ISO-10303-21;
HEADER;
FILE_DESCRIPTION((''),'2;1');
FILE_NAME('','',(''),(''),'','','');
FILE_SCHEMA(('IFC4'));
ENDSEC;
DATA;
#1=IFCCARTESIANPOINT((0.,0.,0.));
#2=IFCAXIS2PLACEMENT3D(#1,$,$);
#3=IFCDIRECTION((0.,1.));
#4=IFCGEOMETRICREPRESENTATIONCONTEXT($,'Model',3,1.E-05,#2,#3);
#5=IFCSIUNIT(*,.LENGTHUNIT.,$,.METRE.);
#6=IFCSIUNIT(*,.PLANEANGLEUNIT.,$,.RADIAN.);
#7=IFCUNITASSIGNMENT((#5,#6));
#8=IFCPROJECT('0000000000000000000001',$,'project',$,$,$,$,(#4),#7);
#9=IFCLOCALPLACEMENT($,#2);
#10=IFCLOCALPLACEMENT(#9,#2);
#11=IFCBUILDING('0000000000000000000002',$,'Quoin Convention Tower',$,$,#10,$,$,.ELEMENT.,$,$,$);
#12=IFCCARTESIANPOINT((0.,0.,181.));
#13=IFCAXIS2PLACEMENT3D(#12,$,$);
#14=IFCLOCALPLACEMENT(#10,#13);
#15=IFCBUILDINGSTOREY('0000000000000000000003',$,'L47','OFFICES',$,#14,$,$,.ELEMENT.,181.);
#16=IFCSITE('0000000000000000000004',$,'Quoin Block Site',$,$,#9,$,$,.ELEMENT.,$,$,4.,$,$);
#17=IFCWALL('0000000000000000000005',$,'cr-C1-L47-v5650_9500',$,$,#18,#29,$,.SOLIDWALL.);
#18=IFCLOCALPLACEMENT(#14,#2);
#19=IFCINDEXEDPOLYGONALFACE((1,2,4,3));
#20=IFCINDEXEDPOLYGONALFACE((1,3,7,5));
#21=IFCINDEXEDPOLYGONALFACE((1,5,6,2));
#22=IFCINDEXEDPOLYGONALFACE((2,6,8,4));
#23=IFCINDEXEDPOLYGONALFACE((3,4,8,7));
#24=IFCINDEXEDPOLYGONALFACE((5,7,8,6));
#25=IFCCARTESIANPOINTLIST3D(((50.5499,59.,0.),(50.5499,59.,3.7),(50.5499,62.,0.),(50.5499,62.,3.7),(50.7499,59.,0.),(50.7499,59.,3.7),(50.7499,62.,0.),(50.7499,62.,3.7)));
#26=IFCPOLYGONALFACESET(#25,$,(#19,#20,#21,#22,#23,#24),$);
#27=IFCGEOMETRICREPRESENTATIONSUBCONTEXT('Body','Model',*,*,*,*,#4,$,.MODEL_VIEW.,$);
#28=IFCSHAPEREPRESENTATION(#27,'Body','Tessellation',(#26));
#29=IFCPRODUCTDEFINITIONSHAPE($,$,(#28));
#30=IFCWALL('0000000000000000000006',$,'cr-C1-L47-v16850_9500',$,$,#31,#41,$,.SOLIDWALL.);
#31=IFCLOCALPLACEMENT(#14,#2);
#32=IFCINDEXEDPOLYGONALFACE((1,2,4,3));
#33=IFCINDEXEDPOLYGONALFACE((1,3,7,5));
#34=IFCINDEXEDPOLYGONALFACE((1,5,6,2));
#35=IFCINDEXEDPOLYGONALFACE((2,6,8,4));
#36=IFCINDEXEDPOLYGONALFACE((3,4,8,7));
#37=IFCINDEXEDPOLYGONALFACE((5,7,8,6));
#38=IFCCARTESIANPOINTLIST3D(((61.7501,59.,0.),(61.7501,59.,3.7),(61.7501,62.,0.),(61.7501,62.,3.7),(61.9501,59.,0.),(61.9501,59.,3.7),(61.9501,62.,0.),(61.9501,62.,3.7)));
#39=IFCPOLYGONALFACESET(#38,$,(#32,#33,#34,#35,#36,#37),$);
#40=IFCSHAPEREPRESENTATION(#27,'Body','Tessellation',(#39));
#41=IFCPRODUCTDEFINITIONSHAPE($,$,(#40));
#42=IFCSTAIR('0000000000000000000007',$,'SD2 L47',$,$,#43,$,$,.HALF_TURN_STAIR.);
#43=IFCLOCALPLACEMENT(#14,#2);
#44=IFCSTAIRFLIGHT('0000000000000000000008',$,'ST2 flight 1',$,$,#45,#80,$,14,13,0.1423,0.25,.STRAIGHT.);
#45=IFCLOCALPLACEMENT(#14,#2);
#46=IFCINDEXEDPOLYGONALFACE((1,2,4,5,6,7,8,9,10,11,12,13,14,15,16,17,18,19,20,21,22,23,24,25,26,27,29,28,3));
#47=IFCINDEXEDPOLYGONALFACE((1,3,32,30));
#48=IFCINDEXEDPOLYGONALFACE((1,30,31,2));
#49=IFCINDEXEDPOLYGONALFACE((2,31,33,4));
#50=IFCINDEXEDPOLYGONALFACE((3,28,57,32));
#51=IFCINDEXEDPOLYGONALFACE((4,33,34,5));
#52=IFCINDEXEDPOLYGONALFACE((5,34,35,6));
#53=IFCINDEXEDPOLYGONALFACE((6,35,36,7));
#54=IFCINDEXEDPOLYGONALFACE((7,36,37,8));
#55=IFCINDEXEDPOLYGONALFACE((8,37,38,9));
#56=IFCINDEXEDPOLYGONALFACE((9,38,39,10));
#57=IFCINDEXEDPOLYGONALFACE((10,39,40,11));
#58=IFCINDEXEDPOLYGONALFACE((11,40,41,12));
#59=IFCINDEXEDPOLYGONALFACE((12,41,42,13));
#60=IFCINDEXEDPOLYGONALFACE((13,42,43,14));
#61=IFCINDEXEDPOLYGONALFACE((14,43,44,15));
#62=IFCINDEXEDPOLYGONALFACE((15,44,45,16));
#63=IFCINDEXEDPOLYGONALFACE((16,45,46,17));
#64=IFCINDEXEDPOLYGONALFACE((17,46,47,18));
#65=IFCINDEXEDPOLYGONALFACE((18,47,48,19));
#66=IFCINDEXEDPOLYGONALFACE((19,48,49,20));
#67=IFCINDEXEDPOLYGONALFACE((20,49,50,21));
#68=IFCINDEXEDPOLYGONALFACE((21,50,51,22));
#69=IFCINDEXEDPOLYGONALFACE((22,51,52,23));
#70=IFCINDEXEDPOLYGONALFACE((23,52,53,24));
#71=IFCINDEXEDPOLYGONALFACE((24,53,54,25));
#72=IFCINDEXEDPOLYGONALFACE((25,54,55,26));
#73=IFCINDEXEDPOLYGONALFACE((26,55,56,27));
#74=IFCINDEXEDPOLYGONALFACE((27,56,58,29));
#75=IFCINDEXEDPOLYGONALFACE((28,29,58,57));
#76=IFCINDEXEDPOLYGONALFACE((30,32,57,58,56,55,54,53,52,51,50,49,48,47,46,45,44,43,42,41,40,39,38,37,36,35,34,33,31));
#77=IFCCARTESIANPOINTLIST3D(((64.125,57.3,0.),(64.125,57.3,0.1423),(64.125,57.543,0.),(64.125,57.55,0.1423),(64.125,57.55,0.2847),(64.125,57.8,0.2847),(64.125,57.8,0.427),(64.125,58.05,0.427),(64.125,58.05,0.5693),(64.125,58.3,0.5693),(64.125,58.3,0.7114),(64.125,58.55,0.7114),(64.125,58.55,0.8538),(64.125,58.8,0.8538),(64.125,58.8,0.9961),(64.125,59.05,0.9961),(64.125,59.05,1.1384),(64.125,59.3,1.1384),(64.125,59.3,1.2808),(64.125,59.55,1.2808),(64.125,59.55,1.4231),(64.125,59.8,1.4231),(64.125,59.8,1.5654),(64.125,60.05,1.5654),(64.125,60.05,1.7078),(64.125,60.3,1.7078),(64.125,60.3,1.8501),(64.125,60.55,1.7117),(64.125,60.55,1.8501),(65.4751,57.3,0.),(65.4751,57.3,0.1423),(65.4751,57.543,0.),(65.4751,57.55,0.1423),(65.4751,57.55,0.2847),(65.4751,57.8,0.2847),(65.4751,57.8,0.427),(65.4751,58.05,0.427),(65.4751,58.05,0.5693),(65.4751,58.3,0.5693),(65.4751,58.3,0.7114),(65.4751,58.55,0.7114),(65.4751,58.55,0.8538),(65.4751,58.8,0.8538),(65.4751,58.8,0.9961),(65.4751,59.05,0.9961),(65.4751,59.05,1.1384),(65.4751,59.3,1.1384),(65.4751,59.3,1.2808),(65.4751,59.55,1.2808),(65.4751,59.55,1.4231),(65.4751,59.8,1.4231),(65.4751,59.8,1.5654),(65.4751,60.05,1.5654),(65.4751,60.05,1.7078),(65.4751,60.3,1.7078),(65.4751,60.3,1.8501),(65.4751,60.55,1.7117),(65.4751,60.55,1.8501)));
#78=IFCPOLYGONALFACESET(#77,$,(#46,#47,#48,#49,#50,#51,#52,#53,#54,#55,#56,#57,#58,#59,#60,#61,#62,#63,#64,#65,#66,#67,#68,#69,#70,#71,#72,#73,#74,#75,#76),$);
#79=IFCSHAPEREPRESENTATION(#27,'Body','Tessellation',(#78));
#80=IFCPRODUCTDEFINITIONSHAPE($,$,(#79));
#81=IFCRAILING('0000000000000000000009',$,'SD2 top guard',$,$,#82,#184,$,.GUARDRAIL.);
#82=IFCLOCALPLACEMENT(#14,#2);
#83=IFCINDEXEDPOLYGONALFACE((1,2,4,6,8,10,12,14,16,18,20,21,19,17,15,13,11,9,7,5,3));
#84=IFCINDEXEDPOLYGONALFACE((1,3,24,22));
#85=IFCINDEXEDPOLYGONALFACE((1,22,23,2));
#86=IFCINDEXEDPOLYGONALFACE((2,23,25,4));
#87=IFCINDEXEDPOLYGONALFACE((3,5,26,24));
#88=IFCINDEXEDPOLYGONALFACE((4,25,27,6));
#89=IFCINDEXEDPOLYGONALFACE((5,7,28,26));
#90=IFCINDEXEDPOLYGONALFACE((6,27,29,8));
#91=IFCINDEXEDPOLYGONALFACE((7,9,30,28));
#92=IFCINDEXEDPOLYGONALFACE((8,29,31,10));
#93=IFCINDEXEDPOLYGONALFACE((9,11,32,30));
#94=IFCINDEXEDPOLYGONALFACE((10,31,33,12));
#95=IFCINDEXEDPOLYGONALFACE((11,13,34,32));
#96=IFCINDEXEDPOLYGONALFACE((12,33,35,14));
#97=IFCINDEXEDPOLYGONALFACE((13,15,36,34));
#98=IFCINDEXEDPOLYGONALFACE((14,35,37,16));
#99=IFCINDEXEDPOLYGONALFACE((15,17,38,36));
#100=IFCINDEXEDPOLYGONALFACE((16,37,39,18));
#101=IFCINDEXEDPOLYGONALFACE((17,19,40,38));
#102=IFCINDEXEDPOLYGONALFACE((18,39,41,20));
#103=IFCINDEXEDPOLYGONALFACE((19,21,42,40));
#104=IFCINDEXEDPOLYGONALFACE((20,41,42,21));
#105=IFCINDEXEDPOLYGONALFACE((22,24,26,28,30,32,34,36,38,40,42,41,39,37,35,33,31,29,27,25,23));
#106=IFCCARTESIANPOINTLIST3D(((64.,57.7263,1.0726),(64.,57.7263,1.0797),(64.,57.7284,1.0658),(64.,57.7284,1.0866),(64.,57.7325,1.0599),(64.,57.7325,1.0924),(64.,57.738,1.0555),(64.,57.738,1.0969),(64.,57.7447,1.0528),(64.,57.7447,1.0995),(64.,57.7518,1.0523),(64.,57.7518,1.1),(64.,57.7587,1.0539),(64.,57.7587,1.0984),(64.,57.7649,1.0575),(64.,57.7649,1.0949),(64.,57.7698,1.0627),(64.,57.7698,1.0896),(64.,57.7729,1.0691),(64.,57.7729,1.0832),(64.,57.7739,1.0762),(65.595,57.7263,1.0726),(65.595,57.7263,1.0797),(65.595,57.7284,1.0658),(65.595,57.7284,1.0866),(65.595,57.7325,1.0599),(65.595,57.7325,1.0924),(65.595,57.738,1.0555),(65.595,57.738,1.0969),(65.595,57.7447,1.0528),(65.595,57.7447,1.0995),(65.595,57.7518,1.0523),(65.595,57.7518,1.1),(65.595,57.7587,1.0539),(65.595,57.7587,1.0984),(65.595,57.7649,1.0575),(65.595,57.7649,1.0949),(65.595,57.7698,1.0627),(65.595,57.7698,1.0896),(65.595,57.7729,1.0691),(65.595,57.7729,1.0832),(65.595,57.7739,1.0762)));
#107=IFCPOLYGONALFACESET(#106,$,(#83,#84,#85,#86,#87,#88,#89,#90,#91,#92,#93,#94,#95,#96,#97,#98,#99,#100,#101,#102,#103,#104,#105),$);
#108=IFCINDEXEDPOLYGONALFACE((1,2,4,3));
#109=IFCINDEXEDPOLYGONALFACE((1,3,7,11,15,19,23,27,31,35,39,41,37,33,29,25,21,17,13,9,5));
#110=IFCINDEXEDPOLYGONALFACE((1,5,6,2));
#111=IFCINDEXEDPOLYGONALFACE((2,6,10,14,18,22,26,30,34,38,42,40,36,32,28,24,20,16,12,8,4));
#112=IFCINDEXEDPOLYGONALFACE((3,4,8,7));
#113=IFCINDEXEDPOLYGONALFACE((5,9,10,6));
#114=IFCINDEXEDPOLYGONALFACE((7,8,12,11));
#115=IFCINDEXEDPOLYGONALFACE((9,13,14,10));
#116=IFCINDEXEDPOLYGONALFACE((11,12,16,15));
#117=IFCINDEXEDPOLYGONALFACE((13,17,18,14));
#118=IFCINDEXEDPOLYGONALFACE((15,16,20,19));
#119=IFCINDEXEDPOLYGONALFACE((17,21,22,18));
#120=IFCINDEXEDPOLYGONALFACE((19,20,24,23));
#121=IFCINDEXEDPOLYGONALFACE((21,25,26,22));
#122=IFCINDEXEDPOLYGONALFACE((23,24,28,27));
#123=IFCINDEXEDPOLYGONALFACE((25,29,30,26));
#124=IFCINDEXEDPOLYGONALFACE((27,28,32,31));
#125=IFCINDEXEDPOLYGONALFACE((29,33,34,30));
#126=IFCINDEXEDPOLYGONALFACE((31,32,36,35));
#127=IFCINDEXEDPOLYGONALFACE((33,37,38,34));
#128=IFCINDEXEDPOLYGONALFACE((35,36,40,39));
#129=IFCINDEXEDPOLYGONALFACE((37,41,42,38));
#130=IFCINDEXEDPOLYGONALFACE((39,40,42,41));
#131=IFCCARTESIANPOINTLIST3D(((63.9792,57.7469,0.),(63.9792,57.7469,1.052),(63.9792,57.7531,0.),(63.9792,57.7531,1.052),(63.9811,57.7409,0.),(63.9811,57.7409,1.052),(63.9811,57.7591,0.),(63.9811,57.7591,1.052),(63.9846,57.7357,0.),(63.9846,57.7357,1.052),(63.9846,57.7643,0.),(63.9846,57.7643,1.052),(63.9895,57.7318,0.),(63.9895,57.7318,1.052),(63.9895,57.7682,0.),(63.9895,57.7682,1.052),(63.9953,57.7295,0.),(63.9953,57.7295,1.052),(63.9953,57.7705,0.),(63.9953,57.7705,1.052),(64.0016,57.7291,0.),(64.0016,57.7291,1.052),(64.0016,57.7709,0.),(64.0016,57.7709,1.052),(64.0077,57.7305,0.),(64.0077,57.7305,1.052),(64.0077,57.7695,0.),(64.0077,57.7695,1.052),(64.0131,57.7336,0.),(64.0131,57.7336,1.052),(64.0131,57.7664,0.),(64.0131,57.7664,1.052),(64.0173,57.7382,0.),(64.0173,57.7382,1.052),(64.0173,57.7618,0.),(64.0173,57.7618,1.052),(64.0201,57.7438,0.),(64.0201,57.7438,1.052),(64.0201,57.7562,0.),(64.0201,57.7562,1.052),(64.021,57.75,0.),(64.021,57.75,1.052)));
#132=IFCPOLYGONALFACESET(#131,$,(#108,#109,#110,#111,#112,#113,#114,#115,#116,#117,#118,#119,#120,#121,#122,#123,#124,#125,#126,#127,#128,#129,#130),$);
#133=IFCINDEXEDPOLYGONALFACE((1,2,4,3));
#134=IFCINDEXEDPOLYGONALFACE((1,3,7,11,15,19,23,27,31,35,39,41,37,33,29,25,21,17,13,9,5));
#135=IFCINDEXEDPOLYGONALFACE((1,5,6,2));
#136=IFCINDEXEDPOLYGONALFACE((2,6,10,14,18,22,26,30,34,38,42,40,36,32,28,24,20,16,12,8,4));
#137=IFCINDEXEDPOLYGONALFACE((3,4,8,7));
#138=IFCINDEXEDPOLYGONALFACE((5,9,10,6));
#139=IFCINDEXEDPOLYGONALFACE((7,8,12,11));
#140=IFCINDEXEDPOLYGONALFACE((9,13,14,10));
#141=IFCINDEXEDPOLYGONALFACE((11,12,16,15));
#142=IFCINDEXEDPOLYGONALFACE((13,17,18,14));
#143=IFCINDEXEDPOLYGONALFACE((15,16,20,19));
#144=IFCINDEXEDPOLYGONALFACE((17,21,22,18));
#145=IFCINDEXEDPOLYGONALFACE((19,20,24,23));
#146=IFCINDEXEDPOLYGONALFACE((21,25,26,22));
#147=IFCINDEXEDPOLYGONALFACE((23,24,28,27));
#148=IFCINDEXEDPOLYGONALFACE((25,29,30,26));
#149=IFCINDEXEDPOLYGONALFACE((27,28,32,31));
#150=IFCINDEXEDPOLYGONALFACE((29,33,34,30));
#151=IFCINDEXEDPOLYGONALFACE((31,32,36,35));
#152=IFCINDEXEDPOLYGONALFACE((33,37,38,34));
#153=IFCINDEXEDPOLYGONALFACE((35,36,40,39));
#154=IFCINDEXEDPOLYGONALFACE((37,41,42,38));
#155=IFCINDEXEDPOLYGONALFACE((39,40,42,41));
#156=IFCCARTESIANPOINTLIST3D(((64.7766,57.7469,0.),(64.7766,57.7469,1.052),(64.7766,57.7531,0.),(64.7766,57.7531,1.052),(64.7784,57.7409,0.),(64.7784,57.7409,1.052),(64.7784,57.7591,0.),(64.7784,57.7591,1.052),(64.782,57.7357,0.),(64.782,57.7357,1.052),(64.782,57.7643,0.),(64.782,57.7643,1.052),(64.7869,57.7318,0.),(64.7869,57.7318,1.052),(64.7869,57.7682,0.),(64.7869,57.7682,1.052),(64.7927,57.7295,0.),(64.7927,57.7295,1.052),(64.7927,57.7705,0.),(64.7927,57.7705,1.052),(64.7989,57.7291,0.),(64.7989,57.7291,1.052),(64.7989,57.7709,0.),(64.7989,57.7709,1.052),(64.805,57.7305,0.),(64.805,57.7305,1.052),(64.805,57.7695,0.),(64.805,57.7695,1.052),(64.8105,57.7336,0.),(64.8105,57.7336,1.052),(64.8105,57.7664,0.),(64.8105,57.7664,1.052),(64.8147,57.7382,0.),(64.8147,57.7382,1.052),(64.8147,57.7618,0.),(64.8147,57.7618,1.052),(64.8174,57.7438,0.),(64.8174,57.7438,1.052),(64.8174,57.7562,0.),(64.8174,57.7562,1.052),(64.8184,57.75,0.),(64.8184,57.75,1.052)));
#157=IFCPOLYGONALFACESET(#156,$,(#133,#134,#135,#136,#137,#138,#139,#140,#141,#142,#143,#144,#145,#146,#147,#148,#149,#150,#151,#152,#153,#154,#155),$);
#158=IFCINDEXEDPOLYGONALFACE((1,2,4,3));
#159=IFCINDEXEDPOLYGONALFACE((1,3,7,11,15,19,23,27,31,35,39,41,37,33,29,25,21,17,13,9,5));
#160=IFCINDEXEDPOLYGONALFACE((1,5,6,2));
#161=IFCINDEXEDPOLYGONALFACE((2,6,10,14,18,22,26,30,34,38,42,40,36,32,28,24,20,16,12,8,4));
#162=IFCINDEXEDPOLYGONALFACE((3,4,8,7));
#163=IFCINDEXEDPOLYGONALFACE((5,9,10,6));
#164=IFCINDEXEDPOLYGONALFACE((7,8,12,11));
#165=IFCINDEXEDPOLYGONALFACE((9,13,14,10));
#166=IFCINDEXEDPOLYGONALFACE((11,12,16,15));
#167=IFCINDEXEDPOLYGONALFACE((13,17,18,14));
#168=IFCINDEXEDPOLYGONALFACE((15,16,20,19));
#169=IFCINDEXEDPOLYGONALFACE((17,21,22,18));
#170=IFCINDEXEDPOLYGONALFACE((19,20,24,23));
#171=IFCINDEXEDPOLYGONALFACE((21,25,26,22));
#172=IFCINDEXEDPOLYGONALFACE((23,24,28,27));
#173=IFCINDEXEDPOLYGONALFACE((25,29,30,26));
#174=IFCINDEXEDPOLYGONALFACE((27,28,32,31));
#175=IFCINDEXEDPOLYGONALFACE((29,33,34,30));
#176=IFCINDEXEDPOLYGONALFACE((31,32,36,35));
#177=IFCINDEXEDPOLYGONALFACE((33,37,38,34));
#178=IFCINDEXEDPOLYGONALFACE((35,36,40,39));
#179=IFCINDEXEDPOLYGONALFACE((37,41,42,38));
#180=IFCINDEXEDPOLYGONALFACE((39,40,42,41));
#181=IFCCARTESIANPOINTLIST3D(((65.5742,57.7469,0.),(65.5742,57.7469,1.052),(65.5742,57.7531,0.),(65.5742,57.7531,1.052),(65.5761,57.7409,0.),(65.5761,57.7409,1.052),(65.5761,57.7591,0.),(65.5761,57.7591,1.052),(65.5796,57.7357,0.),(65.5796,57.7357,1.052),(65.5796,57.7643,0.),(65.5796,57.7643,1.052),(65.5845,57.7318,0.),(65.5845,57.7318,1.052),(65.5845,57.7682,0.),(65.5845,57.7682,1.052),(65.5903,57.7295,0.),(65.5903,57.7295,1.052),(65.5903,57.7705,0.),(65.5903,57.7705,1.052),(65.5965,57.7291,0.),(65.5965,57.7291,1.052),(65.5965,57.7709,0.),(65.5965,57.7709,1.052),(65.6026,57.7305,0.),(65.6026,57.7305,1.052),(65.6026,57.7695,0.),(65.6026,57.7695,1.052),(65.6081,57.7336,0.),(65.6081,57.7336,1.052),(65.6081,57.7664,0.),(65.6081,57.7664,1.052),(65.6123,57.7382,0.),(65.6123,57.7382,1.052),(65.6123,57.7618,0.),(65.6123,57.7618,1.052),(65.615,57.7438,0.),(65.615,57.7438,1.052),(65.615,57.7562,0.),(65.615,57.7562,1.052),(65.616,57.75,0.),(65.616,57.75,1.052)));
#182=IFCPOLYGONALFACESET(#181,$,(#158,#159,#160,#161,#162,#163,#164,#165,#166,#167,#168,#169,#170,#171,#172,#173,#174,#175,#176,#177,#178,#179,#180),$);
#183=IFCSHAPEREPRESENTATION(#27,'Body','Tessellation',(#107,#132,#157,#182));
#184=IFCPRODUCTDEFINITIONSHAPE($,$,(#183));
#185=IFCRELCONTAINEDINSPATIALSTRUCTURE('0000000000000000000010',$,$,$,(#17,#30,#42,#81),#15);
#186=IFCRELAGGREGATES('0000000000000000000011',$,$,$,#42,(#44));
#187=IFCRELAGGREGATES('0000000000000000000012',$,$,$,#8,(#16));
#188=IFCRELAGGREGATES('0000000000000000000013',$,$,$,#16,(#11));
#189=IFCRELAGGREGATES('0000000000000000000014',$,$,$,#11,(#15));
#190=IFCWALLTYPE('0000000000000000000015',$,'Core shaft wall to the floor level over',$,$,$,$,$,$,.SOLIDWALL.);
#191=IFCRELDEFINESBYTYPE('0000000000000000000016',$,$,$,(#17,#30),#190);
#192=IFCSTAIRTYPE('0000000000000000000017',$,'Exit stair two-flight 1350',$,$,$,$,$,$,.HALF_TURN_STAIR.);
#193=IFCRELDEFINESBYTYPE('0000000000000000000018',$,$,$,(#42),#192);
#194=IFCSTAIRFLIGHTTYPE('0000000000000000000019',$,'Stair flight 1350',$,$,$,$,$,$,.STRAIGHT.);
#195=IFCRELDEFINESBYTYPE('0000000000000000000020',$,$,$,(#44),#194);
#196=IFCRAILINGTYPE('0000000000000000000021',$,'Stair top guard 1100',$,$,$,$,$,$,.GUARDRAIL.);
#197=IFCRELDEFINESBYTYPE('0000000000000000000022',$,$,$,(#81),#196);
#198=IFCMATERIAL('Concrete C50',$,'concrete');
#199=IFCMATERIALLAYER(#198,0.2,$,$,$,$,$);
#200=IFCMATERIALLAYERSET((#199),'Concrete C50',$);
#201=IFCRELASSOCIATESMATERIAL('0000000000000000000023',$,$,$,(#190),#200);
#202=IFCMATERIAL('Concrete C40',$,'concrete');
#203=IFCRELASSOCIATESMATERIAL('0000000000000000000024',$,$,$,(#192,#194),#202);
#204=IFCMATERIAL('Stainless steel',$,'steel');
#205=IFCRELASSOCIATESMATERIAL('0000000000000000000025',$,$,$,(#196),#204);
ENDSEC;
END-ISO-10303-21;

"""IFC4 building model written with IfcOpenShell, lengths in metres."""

from ifc_helpers import new_model, si_unit, direction, frame, frame_2d, origin, origin_2d, place, context, subcontext, project, spatial, polyline, rectangle, circle, outline, extrude, material, layer, layer_set, type_object, element, aggregate, save


model = new_model("IFC4")

# Units and contexts
model_context = context("Model", 3, precision=1e-05, world=origin(), true_north=direction((0.0, 1.0)))
body_context = subcontext(model_context, "Body", "Model", "MODEL_VIEW")
ifc_project = project(units=[si_unit("LENGTHUNIT", "METRE"), si_unit("PLANEANGLEUNIT", "RADIAN")], contexts=[model_context])

# Site, building, storey
site_placement = place(None, origin())
site = spatial("IfcSite", under=ifc_project, at=site_placement, Name="Quoin Block Site", CompositionType="ELEMENT", RefElevation=4.0)
building_placement = place(site_placement, origin())
building = spatial("IfcBuilding", under=site, at=building_placement, Name="Quoin Convention Tower", CompositionType="ELEMENT")
storey_placement = place(building_placement, frame((0.0, 0.0, 181.0)))
storey = spatial("IfcBuildingStorey", under=building, at=storey_placement, Name="L47", Description="OFFICES", CompositionType="ELEMENT", Elevation=181.0)

# Shared definitions
ifc_material_1 = material(Name="Concrete C50", Category="concrete")

# Walls
ifc_layer_1 = layer(ifc_material_1, 0.2)
ifc_layer_set_1 = layer_set([ifc_layer_1], Name="Concrete C50")
wall_type_1 = type_object("IfcWallType", Name="Core shaft wall to the floor level over", PredefinedType="SOLIDWALL", material=ifc_layer_set_1)
for number, where, z_axis, x_axis, name in (
    (1, (50.6499, 59.0, 0.0), (0.0, 0.0, 1.0), (0.0, 1.0, 0.0), "cr-C1-L47-v5650_9500"),
    (2, (61.8501, 59.0, 0.0), (0.0, 0.0, 1.0), (0.0, 1.0, 0.0), "cr-C1-L47-v16850_9500"),
):
    element("IfcWall", number, at=place(storey_placement, frame(where, z_axis=z_axis, x_axis=x_axis)), inside=storey, type_object=wall_type_1, Name=name, PredefinedType="SOLIDWALL", context=body_context, shape_type="SweptSolid", body=[
        extrude(rectangle(XDim=3.0, YDim=0.2, at=frame_2d((1.5, 0.0))), origin(), (0.0, 0.0, 1.0), 3.7),
    ])

# Stair, stair flight
ifc_material_2 = material(Name="Concrete C40", Category="concrete")
stair_type = type_object("IfcStairType", Name="Exit stair two-flight 1350", PredefinedType="HALF_TURN_STAIR", material=ifc_material_2)
stair_placement = place(storey_placement, origin())
stair = element("IfcStair", 3, at=stair_placement, inside=storey, type_object=stair_type, Name="SD2 L47", PredefinedType="HALF_TURN_STAIR")
stair_flight_type = type_object("IfcStairFlightType", Name="Stair flight 1350", PredefinedType="STRAIGHT", material=ifc_material_2)
stair_flight_placement = place(storey_placement, frame((64.8, 57.3, 0.0), z_axis=(0.0, 0.0, 1.0), x_axis=(0.0, 1.0, 0.0)))
stair_flight = element("IfcStairFlight", 4, at=stair_flight_placement, type_object=stair_flight_type, Name="ST2 flight 1", NumberOfRisers=14, NumberOfTreads=13, PredefinedType="STRAIGHT", RiserHeight=0.1423, TreadLength=0.25, context=body_context, shape_type="SweptSolid", body=[
    extrude(outline(polyline([(0.0, 0.0), (0.0, 0.1423), (0.25, 0.1423), (0.25, 0.2847), (0.5, 0.2847), (0.5, 0.427), (0.75, 0.427), (0.75, 0.5693), (1.0, 0.5693), (1.0, 0.7114), (1.25, 0.7114), (1.25, 0.8538), (1.5, 0.8538), (1.5, 0.9961), (1.75, 0.9961), (1.75, 1.1384), (2.0, 1.1384), (2.0, 1.2808), (2.25, 1.2808), (2.25, 1.4231), (2.5, 1.4231), (2.5, 1.5654), (2.75, 1.5654), (2.75, 1.7078), (3.0, 1.7078), (3.0, 1.8501), (3.25, 1.8501), (3.25, 1.9922), (3.25, 1.7117), (0.2429, 0.0), (0.0, 0.0)])), frame((0.0, 0.675, 0.0), z_axis=(0.0, -1.0, 0.0), x_axis=(1.0, 0.0, 0.0)), (0.0, 0.0, 1.0), 1.3501),
])
aggregate(stair, [stair_flight])

# Railing
ifc_material_3 = material(Name="Stainless steel", Category="steel")
railing_type_1 = type_object("IfcRailingType", Name="Stair top guard 1100", PredefinedType="GUARDRAIL", material=ifc_material_3)
railing_1_placement = place(storey_placement, frame((64.0, 57.75, 0.0)))
element("IfcRailing", 5, at=railing_1_placement, inside=storey, type_object=railing_type_1, Name="SD2 top guard", PredefinedType="GUARDRAIL", context=body_context, shape_type="SweptSolid", body=[
    extrude(circle(Radius=0.0239, at=origin_2d()), frame((0.0, 0.0, 1.0762), z_axis=(1.0, 0.0, 0.0), x_axis=(0.0, 1.0, 0.0)), (0.0, 0.0, 1.0), 1.595),
    extrude(circle(Radius=0.021, at=origin_2d()), origin(), (0.0, 0.0, 1.0), 1.052),
    extrude(circle(Radius=0.021, at=origin_2d()), frame((0.7974, 0.0, 0.0)), (0.0, 0.0, 1.0), 1.052),
    extrude(circle(Radius=0.021, at=origin_2d()), frame((1.595, 0.0, 0.0)), (0.0, 0.0, 1.0), 1.052),
])

save(model, "model.ifc")
